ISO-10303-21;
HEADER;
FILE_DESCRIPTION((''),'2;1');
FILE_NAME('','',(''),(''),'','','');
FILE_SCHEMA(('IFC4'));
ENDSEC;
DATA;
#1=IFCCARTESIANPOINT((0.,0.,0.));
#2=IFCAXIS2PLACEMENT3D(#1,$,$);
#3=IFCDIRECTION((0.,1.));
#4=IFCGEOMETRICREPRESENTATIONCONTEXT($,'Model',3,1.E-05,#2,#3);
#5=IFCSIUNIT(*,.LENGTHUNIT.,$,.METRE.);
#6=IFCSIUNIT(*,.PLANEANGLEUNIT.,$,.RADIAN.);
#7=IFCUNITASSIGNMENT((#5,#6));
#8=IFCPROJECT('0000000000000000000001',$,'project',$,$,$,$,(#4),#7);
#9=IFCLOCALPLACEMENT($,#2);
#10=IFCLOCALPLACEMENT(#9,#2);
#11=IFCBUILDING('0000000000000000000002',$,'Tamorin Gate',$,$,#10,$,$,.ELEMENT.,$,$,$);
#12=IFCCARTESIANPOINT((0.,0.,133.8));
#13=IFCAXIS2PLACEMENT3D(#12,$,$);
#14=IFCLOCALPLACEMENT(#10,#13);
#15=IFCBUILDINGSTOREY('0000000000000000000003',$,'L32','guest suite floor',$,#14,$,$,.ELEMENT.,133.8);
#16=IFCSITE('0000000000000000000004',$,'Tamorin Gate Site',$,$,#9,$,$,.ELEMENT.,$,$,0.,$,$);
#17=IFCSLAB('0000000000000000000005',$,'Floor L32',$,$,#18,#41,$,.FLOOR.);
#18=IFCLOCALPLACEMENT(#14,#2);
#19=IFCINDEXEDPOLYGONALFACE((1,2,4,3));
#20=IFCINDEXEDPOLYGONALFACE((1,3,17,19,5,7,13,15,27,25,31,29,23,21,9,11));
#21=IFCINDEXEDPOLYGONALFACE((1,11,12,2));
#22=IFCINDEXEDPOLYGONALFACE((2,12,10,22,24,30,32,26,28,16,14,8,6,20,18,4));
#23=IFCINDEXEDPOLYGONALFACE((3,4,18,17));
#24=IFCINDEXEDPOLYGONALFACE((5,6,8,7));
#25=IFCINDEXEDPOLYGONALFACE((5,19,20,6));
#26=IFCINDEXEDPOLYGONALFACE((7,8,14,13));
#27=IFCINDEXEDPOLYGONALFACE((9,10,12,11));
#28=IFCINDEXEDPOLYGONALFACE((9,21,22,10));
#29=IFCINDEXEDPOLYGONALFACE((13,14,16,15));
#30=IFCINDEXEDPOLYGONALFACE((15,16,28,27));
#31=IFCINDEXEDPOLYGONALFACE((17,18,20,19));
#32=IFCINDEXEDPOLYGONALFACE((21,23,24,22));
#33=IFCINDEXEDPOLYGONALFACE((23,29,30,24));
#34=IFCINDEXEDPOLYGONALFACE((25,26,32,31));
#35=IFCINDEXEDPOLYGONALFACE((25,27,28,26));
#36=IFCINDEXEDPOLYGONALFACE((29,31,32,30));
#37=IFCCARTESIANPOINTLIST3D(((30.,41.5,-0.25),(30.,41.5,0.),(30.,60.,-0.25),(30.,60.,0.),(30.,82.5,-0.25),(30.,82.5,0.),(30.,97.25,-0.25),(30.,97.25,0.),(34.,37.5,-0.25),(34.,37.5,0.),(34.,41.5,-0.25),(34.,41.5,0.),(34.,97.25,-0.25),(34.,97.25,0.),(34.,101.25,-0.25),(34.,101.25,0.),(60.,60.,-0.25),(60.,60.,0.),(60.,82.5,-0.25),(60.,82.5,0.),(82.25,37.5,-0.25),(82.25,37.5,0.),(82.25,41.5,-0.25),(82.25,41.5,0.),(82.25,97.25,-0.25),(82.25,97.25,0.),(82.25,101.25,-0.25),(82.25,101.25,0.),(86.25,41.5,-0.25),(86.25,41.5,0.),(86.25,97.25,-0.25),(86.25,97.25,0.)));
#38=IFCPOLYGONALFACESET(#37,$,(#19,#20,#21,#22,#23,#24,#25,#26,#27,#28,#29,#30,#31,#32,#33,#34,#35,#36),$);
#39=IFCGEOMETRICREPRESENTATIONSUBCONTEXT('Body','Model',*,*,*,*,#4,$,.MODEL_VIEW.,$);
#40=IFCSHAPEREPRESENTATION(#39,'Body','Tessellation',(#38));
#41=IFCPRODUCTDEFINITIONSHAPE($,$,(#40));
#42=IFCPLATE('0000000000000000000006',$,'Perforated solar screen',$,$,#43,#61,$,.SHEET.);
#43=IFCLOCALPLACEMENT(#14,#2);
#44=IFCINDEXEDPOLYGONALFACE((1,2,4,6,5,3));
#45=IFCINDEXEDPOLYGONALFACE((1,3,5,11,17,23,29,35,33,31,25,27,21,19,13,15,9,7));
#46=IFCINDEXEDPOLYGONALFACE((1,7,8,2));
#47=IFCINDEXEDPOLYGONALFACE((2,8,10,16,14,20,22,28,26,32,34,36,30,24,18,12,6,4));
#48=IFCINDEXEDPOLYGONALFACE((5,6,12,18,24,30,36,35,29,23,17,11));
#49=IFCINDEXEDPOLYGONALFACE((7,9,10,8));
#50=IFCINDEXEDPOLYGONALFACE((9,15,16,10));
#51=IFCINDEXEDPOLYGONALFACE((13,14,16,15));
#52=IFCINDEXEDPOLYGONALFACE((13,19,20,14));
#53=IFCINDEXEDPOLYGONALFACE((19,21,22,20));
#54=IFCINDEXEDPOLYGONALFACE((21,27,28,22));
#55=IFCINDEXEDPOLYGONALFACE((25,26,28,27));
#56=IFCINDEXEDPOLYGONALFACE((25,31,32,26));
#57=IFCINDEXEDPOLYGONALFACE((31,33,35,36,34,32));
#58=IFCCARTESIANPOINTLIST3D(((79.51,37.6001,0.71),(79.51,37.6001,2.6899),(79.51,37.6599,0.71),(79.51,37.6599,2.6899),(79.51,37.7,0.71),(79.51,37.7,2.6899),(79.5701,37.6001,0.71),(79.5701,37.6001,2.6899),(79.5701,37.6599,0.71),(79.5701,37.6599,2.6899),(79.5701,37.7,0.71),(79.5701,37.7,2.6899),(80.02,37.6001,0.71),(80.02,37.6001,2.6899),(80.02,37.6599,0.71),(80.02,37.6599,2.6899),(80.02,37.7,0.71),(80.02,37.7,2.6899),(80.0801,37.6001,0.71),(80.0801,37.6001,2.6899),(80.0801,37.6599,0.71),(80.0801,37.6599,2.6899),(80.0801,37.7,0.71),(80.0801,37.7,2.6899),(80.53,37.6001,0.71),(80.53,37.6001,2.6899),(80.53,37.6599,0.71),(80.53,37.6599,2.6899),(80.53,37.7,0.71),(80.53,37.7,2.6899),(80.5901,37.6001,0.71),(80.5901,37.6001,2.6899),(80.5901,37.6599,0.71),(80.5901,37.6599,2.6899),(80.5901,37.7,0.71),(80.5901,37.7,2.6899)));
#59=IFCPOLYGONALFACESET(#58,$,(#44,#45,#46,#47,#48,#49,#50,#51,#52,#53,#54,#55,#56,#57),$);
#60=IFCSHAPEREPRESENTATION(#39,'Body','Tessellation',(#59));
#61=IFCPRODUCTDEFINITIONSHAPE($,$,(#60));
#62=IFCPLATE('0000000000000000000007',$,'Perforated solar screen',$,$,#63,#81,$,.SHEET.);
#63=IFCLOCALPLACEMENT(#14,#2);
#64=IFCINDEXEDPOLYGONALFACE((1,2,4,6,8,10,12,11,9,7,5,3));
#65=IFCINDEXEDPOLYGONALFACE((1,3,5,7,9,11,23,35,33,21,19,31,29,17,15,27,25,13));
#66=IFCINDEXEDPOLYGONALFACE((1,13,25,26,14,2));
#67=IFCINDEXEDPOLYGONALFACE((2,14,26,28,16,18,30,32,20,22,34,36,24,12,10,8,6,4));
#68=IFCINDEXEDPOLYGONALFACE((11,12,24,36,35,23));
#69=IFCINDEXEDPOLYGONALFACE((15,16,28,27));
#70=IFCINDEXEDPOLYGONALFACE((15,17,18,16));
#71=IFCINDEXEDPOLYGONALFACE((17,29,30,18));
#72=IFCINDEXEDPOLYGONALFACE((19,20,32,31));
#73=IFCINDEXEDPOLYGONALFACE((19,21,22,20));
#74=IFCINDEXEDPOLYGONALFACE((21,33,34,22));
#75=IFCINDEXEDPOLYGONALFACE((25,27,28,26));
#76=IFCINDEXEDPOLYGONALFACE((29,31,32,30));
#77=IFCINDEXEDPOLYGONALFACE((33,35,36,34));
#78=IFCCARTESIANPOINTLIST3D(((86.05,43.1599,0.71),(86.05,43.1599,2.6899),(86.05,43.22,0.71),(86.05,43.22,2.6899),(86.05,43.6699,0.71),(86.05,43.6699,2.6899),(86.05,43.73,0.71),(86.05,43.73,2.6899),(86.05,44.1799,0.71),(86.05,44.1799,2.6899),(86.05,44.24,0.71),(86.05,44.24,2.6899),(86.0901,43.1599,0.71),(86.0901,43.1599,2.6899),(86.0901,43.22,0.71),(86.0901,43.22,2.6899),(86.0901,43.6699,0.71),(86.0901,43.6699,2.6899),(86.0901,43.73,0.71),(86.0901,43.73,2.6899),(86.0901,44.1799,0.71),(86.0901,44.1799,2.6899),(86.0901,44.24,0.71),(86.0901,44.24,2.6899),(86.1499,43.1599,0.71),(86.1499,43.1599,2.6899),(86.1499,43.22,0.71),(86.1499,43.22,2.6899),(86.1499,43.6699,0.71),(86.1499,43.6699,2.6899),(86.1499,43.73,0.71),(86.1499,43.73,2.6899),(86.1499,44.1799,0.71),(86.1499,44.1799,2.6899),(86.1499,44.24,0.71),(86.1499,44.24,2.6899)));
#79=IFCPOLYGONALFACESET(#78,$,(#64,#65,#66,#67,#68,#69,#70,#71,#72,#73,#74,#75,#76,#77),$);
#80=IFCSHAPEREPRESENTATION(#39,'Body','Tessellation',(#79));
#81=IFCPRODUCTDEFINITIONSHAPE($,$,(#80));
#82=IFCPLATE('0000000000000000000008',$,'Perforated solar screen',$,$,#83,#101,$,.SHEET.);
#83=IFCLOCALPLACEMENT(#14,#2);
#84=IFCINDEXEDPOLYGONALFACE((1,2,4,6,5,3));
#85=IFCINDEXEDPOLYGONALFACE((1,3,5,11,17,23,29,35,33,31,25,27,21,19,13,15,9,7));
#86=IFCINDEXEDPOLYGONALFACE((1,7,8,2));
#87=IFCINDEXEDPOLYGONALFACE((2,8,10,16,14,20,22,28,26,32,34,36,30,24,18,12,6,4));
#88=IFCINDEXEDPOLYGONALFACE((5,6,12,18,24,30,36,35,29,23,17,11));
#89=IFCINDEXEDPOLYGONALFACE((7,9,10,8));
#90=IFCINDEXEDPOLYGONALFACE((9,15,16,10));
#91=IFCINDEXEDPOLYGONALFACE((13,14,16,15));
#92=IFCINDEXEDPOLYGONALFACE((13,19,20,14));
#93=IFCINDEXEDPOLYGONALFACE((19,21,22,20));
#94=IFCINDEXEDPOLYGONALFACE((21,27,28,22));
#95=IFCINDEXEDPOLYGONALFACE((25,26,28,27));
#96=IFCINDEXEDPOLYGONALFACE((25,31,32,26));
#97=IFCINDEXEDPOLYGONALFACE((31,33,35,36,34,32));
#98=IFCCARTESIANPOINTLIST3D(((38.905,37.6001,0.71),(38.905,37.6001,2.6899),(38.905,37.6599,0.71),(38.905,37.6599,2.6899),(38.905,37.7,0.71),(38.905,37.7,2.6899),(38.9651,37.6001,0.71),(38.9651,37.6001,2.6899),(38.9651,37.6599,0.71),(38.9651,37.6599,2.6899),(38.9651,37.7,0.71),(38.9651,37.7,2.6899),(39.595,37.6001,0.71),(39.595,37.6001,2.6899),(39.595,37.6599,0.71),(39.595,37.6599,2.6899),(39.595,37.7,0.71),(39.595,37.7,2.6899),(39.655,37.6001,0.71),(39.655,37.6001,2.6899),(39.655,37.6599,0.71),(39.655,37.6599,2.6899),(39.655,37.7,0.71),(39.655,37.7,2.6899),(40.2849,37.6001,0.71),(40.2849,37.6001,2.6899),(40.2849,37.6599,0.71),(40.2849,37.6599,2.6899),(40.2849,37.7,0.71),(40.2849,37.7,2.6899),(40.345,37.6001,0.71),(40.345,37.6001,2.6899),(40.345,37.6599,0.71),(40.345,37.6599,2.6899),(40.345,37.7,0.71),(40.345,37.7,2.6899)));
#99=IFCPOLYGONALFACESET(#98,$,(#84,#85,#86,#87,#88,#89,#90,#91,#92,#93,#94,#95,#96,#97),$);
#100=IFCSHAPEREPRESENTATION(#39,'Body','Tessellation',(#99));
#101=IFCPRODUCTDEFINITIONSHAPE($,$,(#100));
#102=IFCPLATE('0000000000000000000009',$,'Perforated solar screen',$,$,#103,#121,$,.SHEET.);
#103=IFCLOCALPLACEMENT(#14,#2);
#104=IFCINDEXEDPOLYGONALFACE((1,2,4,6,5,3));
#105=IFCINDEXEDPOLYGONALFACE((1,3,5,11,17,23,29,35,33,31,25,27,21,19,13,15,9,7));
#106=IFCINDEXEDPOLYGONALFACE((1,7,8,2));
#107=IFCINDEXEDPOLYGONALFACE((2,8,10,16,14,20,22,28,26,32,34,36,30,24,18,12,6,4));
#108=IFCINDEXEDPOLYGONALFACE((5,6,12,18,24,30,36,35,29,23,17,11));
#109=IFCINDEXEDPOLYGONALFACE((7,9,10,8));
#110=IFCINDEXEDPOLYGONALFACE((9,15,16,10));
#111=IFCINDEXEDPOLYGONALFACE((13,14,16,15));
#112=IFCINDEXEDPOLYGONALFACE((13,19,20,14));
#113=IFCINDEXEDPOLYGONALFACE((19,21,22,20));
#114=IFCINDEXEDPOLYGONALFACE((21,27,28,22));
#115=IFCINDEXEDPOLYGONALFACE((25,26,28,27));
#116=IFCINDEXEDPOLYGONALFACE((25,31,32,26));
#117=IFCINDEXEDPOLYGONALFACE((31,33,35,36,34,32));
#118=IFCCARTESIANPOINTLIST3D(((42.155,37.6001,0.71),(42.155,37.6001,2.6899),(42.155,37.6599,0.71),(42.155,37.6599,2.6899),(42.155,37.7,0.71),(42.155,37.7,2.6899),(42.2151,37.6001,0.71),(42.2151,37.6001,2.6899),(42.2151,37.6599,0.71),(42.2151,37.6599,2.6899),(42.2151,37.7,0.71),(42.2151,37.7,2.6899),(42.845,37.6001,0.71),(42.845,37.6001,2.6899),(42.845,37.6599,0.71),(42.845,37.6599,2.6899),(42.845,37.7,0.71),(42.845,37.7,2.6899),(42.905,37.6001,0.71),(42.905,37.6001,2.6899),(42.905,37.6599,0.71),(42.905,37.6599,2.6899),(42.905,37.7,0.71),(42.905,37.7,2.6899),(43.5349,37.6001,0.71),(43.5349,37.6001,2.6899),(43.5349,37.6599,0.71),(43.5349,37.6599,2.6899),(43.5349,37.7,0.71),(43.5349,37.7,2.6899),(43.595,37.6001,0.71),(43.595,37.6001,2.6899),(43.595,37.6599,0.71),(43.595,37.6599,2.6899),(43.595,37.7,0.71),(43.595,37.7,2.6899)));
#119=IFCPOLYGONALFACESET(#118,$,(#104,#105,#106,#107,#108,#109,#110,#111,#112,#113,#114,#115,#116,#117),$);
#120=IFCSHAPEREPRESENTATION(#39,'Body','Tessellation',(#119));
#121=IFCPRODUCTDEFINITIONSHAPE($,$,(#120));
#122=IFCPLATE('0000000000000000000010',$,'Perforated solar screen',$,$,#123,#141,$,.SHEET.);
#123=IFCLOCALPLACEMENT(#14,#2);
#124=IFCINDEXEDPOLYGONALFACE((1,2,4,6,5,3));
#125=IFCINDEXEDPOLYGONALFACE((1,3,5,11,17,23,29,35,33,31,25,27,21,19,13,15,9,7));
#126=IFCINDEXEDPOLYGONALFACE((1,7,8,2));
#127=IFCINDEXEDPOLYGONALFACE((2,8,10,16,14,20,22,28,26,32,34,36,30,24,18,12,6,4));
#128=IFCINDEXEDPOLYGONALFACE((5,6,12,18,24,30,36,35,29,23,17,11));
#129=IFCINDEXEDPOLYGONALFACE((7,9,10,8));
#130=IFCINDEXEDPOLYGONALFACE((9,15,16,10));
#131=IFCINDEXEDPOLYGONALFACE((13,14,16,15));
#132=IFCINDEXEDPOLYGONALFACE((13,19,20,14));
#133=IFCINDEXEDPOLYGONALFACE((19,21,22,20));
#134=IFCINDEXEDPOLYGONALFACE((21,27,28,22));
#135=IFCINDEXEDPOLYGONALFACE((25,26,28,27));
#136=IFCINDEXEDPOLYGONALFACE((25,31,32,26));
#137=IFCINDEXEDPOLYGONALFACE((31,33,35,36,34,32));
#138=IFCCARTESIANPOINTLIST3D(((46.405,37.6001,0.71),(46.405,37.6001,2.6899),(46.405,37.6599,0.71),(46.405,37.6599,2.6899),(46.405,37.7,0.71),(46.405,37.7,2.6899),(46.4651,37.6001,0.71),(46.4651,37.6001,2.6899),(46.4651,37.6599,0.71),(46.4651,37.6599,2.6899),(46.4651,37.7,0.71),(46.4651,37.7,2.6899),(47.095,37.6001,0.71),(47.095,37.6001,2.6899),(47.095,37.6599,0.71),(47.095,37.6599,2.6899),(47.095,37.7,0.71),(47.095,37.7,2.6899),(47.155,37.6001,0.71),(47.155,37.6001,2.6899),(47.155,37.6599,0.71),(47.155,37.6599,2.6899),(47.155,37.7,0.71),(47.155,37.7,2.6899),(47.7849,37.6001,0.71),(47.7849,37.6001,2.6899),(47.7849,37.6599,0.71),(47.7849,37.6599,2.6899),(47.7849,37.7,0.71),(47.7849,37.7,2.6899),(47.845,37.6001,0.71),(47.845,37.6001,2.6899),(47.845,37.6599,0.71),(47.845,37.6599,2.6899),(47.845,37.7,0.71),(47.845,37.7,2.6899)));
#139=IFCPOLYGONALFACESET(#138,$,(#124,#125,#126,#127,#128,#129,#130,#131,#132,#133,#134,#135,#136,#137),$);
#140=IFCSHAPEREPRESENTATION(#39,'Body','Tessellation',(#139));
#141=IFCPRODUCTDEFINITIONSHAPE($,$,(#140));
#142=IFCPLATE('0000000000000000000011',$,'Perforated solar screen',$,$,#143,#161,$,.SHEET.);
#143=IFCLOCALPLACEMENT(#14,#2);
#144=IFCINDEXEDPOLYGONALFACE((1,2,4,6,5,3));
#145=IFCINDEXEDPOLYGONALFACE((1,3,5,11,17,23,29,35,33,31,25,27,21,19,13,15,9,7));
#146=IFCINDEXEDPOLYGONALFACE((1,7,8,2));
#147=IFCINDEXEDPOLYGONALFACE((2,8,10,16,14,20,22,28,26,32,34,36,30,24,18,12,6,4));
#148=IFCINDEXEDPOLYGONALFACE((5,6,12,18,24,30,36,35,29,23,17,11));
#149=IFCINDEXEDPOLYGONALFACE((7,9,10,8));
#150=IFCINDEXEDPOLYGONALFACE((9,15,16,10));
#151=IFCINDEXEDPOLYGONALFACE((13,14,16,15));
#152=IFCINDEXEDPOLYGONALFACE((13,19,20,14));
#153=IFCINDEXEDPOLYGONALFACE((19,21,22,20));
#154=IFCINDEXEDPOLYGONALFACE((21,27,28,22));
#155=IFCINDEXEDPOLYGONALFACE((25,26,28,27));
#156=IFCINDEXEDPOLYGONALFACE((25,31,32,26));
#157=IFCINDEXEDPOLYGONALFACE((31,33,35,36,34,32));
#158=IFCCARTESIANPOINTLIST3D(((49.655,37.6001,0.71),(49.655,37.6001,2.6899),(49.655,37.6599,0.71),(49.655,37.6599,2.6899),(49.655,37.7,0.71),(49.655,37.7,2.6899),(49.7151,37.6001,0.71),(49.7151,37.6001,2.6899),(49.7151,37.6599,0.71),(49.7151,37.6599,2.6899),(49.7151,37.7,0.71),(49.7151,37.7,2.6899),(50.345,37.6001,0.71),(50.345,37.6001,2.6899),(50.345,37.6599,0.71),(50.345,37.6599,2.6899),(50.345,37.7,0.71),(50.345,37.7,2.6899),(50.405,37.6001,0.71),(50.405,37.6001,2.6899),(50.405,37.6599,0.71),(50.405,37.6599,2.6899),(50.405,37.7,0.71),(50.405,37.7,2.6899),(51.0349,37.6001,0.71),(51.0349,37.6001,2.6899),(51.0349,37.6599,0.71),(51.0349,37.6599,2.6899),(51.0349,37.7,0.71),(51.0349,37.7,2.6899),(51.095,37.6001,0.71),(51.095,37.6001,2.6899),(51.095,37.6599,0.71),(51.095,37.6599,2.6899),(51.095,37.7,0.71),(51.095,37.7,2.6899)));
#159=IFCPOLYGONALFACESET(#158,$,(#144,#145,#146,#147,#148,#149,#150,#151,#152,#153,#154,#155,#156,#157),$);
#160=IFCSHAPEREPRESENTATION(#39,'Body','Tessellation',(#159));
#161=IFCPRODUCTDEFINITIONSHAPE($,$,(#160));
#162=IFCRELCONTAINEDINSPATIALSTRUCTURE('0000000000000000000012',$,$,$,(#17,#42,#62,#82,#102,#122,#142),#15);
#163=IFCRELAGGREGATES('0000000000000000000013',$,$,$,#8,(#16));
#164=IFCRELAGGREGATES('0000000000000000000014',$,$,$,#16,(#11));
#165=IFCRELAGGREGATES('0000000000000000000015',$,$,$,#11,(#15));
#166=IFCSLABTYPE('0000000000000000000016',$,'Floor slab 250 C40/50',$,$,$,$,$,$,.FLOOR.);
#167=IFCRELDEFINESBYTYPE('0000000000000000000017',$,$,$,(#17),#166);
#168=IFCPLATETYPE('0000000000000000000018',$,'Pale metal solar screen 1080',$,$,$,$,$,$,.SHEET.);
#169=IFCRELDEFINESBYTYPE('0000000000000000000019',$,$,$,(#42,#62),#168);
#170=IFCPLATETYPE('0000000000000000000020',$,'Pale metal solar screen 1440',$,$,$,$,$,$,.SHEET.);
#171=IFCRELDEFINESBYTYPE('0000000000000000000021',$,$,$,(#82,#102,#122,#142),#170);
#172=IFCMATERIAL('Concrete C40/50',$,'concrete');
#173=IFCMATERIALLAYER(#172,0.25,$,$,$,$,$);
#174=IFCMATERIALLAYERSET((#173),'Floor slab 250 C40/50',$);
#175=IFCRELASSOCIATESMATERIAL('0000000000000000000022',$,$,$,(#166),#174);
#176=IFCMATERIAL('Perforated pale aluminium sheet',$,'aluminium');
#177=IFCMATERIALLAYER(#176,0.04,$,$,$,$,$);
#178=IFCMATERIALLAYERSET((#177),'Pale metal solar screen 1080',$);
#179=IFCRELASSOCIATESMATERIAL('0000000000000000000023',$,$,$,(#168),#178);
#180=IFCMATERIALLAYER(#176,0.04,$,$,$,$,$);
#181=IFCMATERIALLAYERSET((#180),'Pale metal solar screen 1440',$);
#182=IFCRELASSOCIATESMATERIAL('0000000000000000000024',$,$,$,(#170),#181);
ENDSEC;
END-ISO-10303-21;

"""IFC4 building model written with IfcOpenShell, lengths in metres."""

from ifc_helpers import new_model, si_unit, direction, frame, origin, place, context, subcontext, project, spatial, polyline, outline, extrude, material, layer, layer_set, type_object, element, save


model = new_model("IFC4")

# Units and contexts
model_context = context("Model", 3, precision=1e-05, world=origin(), true_north=direction((0.0, 1.0)))
body_context = subcontext(model_context, "Body", "Model", "MODEL_VIEW")
ifc_project = project(units=[si_unit("LENGTHUNIT", "METRE"), si_unit("PLANEANGLEUNIT", "RADIAN")], contexts=[model_context])

# Site, building, storey
site_placement = place(None, origin())
site = spatial("IfcSite", under=ifc_project, at=site_placement, Name="Tamorin Gate Site", CompositionType="ELEMENT", RefElevation=0.0)
building_placement = place(site_placement, origin())
building = spatial("IfcBuilding", under=site, at=building_placement, Name="Tamorin Gate", CompositionType="ELEMENT")
storey_placement = place(building_placement, frame((0.0, 0.0, 133.8)))
storey = spatial("IfcBuildingStorey", under=building, at=storey_placement, Name="L32", Description="guest suite floor", CompositionType="ELEMENT", Elevation=133.8)

# Slab
ifc_material_1 = material(Name="Concrete C40/50", Category="concrete")
ifc_layer_1 = layer(ifc_material_1, 0.25)
ifc_layer_set_1 = layer_set([ifc_layer_1], Name="Floor slab 250 C40/50")
slab_type = type_object("IfcSlabType", Name="Floor slab 250 C40/50", PredefinedType="FLOOR", material=ifc_layer_set_1)
slab_placement = place(storey_placement, frame((0.0, 0.0, -0.25)))
element("IfcSlab", 1, at=slab_placement, inside=storey, type_object=slab_type, Name="Floor L32", PredefinedType="FLOOR", context=body_context, shape_type="SweptSolid", body=[
    extrude(outline(polyline([(30.0, 97.25), (34.0, 97.25), (34.0, 101.25), (82.25, 101.25), (82.25, 97.25), (86.25, 97.25), (86.25, 41.5), (82.25, 41.5), (82.25, 37.5), (34.0, 37.5), (34.0, 41.5), (30.0, 41.5), (30.0, 60.0), (60.0, 60.0), (60.0, 82.5), (30.0, 82.5), (30.0, 97.25)])), origin(), (0.0, 0.0, 1.0), 0.25),
])

# Plates
ifc_material_2 = material(Name="Perforated pale aluminium sheet", Category="aluminium")
ifc_layer_2 = layer(ifc_material_2, 0.04)
ifc_layer_set_2 = layer_set([ifc_layer_2], Name="Pale metal solar screen 1080")
plate_type_1 = type_object("IfcPlateType", Name="Pale metal solar screen 1080", PredefinedType="SHEET", material=ifc_layer_set_2)
plate_1_placement = place(storey_placement, frame((0.0, 0.0, 0.71)))
element("IfcPlate", 2, at=plate_1_placement, inside=storey, type_object=plate_type_1, Name="Perforated solar screen", PredefinedType="SHEET", context=body_context, shape_type="SweptSolid", body=[
    extrude(outline(polyline([(79.51, 37.6599), (79.51, 37.7), (79.5701, 37.7), (80.02, 37.7), (80.0801, 37.7), (80.53, 37.7), (80.5901, 37.7), (80.5901, 37.6599), (80.5901, 37.6001), (80.53, 37.6001), (80.53, 37.6599), (80.0801, 37.6599), (80.0801, 37.6001), (80.02, 37.6001), (80.02, 37.6599), (79.5701, 37.6599), (79.5701, 37.6001), (79.51, 37.6001), (79.51, 37.6599)])), origin(), (0.0, 0.0, 1.0), 1.98),
])
plate_2_placement = place(storey_placement, frame((0.0, 0.0, 0.71)))
element("IfcPlate", 3, at=plate_2_placement, inside=storey, type_object=plate_type_1, Name="Perforated solar screen", PredefinedType="SHEET", context=body_context, shape_type="SweptSolid", body=[
    extrude(outline(polyline([(86.0901, 43.1599), (86.05, 43.1599), (86.05, 43.22), (86.05, 43.6699), (86.05, 43.73), (86.05, 44.1799), (86.05, 44.24), (86.0901, 44.24), (86.1499, 44.24), (86.1499, 44.1799), (86.0901, 44.1799), (86.0901, 43.73), (86.1499, 43.73), (86.1499, 43.6699), (86.0901, 43.6699), (86.0901, 43.22), (86.1499, 43.22), (86.1499, 43.1599), (86.0901, 43.1599)])), origin(), (0.0, 0.0, 1.0), 1.98),
])
ifc_layer_3 = layer(ifc_material_2, 0.04)
ifc_layer_set_3 = layer_set([ifc_layer_3], Name="Pale metal solar screen 1440")
plate_type_2 = type_object("IfcPlateType", Name="Pale metal solar screen 1440", PredefinedType="SHEET", material=ifc_layer_set_3)
plate_3_placement = place(storey_placement, frame((0.0, 0.0, 0.71)))
element("IfcPlate", 4, at=plate_3_placement, inside=storey, type_object=plate_type_2, Name="Perforated solar screen", PredefinedType="SHEET", context=body_context, shape_type="SweptSolid", body=[
    extrude(outline(polyline([(38.905, 37.6599), (38.905, 37.7), (38.9651, 37.7), (39.595, 37.7), (39.655, 37.7), (40.2849, 37.7), (40.345, 37.7), (40.345, 37.7), (40.345, 37.6599), (40.345, 37.6599), (40.345, 37.6001), (40.2849, 37.6001), (40.2849, 37.6599), (39.655, 37.6599), (39.655, 37.6001), (39.595, 37.6001), (39.595, 37.6599), (38.9651, 37.6599), (38.9651, 37.6001), (38.905, 37.6001), (38.905, 37.6599)])), origin(), (0.0, 0.0, 1.0), 1.98),
])
plate_4_placement = place(storey_placement, frame((0.0, 0.0, 0.71)))
element("IfcPlate", 5, at=plate_4_placement, inside=storey, type_object=plate_type_2, Name="Perforated solar screen", PredefinedType="SHEET", context=body_context, shape_type="SweptSolid", body=[
    extrude(outline(polyline([(42.155, 37.6599), (42.155, 37.7), (42.2151, 37.7), (42.845, 37.7), (42.905, 37.7), (43.5349, 37.7), (43.595, 37.7), (43.595, 37.6599), (43.595, 37.6001), (43.5349, 37.6001), (43.5349, 37.6599), (42.905, 37.6599), (42.905, 37.6001), (42.845, 37.6001), (42.845, 37.6599), (42.2151, 37.6599), (42.2151, 37.6001), (42.155, 37.6001), (42.155, 37.6599)])), origin(), (0.0, 0.0, 1.0), 1.98),
])
plate_5_placement = place(storey_placement, frame((0.0, 0.0, 0.71)))
element("IfcPlate", 6, at=plate_5_placement, inside=storey, type_object=plate_type_2, Name="Perforated solar screen", PredefinedType="SHEET", context=body_context, shape_type="SweptSolid", body=[
    extrude(outline(polyline([(46.405, 37.6599), (46.405, 37.7), (46.4651, 37.7), (47.095, 37.7), (47.155, 37.7), (47.7849, 37.7), (47.845, 37.7), (47.845, 37.6599), (47.845, 37.6001), (47.7849, 37.6001), (47.7849, 37.6599), (47.155, 37.6599), (47.155, 37.6001), (47.095, 37.6001), (47.095, 37.6599), (46.4651, 37.6599), (46.4651, 37.6001), (46.405, 37.6001), (46.405, 37.6599)])), origin(), (0.0, 0.0, 1.0), 1.98),
])
plate_6_placement = place(storey_placement, frame((0.0, 0.0, 0.71)))
element("IfcPlate", 7, at=plate_6_placement, inside=storey, type_object=plate_type_2, Name="Perforated solar screen", PredefinedType="SHEET", context=body_context, shape_type="SweptSolid", body=[
    extrude(outline(polyline([(49.655, 37.6599), (49.655, 37.7), (49.7151, 37.7), (50.345, 37.7), (50.405, 37.7), (51.0349, 37.7), (51.095, 37.7), (51.095, 37.6599), (51.095, 37.6001), (51.0349, 37.6001), (51.0349, 37.6599), (50.405, 37.6599), (50.405, 37.6001), (50.345, 37.6001), (50.345, 37.6599), (49.7151, 37.6599), (49.7151, 37.6001), (49.655, 37.6001), (49.655, 37.6599)])), origin(), (0.0, 0.0, 1.0), 1.98),
])

save(model, "model.ifc")
